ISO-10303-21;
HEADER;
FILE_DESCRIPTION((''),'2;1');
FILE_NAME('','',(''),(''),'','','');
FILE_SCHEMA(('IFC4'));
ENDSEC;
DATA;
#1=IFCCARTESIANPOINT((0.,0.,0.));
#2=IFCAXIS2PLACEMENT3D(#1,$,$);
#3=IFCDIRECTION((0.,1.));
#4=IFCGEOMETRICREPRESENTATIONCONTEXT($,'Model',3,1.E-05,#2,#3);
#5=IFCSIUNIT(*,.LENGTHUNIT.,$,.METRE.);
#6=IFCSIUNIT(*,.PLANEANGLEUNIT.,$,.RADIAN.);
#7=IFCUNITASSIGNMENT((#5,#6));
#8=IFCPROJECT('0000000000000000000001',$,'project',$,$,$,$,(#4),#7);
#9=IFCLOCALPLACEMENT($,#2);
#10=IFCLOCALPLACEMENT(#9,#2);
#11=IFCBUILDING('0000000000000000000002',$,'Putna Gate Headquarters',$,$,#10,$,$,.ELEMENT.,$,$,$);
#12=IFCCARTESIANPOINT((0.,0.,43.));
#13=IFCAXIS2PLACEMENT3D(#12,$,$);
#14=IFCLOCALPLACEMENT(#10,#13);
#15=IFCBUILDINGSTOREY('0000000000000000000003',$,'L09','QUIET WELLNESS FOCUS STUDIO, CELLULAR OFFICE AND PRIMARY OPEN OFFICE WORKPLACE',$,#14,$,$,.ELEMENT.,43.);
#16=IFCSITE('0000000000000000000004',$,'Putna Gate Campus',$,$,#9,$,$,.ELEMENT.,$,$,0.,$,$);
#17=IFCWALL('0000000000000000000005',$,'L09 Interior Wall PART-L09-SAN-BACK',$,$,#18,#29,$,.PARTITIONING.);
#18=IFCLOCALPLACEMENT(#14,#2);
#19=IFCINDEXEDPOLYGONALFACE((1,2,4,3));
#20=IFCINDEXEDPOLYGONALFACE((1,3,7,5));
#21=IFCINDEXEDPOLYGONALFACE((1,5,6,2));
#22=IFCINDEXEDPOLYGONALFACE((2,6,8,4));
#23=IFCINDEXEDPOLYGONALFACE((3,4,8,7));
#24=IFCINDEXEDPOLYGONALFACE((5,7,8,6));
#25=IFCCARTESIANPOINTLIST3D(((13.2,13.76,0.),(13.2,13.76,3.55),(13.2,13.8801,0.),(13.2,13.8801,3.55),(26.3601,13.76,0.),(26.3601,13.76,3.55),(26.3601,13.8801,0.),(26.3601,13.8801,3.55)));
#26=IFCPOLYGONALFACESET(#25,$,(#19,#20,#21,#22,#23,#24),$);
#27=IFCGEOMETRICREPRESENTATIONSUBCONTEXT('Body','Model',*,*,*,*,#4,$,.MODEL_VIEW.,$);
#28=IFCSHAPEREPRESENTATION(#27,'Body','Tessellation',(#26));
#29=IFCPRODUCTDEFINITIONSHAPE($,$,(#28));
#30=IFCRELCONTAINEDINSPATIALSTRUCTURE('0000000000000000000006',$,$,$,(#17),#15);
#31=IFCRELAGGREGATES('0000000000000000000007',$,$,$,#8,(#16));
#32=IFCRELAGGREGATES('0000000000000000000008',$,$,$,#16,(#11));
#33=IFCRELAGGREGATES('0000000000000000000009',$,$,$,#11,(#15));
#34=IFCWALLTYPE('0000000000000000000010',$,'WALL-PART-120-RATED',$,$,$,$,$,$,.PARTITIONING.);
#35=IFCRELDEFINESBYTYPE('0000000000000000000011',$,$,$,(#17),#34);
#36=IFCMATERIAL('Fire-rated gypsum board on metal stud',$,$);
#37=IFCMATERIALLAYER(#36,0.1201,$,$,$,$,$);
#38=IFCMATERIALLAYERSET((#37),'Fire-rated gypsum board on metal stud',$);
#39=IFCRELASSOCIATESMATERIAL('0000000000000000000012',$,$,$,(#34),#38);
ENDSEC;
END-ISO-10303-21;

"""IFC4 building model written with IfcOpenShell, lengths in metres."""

from ifc_helpers import new_model, si_unit, direction, frame, frame_2d, origin, place, context, subcontext, project, spatial, rectangle, extrude, material, layer, layer_set, type_object, element, save


model = new_model("IFC4")

# Units and contexts
model_context = context("Model", 3, precision=1e-05, world=origin(), true_north=direction((0.0, 1.0)))
body_context = subcontext(model_context, "Body", "Model", "MODEL_VIEW")
ifc_project = project(units=[si_unit("LENGTHUNIT", "METRE"), si_unit("PLANEANGLEUNIT", "RADIAN")], contexts=[model_context])

# Site, building, storey
site_placement = place(None, origin())
site = spatial("IfcSite", under=ifc_project, at=site_placement, Name="Putna Gate Campus", CompositionType="ELEMENT", RefElevation=0.0)
building_placement = place(site_placement, origin())
building = spatial("IfcBuilding", under=site, at=building_placement, Name="Putna Gate Headquarters", CompositionType="ELEMENT")
storey_placement = place(building_placement, frame((0.0, 0.0, 43.0)))
storey = spatial("IfcBuildingStorey", under=building, at=storey_placement, Name="L09", Description="QUIET WELLNESS FOCUS STUDIO, CELLULAR OFFICE AND PRIMARY OPEN OFFICE WORKPLACE", CompositionType="ELEMENT", Elevation=43.0)

# Wall
ifc_material_1 = material(Name="Fire-rated gypsum board on metal stud")
ifc_layer_1 = layer(ifc_material_1, 0.1201)
ifc_layer_set_1 = layer_set([ifc_layer_1], Name="Fire-rated gypsum board on metal stud")
wall_type = type_object("IfcWallType", Name="WALL-PART-120-RATED", PredefinedType="PARTITIONING", material=ifc_layer_set_1)
wall_placement = place(storey_placement, frame((13.2, 13.8201, 0.0), z_axis=(0.0, 0.0, 1.0), x_axis=(1.0, 0.0, 0.0)))
element("IfcWall", 1, at=wall_placement, inside=storey, type_object=wall_type, Name="L09 Interior Wall PART-L09-SAN-BACK", PredefinedType="PARTITIONING", context=body_context, shape_type="SweptSolid", body=[
    extrude(rectangle(XDim=13.1602, YDim=0.1201, at=frame_2d((6.5801, 0.0))), origin(), (0.0, 0.0, 1.0), 3.55),
])

save(model, "model.ifc")
